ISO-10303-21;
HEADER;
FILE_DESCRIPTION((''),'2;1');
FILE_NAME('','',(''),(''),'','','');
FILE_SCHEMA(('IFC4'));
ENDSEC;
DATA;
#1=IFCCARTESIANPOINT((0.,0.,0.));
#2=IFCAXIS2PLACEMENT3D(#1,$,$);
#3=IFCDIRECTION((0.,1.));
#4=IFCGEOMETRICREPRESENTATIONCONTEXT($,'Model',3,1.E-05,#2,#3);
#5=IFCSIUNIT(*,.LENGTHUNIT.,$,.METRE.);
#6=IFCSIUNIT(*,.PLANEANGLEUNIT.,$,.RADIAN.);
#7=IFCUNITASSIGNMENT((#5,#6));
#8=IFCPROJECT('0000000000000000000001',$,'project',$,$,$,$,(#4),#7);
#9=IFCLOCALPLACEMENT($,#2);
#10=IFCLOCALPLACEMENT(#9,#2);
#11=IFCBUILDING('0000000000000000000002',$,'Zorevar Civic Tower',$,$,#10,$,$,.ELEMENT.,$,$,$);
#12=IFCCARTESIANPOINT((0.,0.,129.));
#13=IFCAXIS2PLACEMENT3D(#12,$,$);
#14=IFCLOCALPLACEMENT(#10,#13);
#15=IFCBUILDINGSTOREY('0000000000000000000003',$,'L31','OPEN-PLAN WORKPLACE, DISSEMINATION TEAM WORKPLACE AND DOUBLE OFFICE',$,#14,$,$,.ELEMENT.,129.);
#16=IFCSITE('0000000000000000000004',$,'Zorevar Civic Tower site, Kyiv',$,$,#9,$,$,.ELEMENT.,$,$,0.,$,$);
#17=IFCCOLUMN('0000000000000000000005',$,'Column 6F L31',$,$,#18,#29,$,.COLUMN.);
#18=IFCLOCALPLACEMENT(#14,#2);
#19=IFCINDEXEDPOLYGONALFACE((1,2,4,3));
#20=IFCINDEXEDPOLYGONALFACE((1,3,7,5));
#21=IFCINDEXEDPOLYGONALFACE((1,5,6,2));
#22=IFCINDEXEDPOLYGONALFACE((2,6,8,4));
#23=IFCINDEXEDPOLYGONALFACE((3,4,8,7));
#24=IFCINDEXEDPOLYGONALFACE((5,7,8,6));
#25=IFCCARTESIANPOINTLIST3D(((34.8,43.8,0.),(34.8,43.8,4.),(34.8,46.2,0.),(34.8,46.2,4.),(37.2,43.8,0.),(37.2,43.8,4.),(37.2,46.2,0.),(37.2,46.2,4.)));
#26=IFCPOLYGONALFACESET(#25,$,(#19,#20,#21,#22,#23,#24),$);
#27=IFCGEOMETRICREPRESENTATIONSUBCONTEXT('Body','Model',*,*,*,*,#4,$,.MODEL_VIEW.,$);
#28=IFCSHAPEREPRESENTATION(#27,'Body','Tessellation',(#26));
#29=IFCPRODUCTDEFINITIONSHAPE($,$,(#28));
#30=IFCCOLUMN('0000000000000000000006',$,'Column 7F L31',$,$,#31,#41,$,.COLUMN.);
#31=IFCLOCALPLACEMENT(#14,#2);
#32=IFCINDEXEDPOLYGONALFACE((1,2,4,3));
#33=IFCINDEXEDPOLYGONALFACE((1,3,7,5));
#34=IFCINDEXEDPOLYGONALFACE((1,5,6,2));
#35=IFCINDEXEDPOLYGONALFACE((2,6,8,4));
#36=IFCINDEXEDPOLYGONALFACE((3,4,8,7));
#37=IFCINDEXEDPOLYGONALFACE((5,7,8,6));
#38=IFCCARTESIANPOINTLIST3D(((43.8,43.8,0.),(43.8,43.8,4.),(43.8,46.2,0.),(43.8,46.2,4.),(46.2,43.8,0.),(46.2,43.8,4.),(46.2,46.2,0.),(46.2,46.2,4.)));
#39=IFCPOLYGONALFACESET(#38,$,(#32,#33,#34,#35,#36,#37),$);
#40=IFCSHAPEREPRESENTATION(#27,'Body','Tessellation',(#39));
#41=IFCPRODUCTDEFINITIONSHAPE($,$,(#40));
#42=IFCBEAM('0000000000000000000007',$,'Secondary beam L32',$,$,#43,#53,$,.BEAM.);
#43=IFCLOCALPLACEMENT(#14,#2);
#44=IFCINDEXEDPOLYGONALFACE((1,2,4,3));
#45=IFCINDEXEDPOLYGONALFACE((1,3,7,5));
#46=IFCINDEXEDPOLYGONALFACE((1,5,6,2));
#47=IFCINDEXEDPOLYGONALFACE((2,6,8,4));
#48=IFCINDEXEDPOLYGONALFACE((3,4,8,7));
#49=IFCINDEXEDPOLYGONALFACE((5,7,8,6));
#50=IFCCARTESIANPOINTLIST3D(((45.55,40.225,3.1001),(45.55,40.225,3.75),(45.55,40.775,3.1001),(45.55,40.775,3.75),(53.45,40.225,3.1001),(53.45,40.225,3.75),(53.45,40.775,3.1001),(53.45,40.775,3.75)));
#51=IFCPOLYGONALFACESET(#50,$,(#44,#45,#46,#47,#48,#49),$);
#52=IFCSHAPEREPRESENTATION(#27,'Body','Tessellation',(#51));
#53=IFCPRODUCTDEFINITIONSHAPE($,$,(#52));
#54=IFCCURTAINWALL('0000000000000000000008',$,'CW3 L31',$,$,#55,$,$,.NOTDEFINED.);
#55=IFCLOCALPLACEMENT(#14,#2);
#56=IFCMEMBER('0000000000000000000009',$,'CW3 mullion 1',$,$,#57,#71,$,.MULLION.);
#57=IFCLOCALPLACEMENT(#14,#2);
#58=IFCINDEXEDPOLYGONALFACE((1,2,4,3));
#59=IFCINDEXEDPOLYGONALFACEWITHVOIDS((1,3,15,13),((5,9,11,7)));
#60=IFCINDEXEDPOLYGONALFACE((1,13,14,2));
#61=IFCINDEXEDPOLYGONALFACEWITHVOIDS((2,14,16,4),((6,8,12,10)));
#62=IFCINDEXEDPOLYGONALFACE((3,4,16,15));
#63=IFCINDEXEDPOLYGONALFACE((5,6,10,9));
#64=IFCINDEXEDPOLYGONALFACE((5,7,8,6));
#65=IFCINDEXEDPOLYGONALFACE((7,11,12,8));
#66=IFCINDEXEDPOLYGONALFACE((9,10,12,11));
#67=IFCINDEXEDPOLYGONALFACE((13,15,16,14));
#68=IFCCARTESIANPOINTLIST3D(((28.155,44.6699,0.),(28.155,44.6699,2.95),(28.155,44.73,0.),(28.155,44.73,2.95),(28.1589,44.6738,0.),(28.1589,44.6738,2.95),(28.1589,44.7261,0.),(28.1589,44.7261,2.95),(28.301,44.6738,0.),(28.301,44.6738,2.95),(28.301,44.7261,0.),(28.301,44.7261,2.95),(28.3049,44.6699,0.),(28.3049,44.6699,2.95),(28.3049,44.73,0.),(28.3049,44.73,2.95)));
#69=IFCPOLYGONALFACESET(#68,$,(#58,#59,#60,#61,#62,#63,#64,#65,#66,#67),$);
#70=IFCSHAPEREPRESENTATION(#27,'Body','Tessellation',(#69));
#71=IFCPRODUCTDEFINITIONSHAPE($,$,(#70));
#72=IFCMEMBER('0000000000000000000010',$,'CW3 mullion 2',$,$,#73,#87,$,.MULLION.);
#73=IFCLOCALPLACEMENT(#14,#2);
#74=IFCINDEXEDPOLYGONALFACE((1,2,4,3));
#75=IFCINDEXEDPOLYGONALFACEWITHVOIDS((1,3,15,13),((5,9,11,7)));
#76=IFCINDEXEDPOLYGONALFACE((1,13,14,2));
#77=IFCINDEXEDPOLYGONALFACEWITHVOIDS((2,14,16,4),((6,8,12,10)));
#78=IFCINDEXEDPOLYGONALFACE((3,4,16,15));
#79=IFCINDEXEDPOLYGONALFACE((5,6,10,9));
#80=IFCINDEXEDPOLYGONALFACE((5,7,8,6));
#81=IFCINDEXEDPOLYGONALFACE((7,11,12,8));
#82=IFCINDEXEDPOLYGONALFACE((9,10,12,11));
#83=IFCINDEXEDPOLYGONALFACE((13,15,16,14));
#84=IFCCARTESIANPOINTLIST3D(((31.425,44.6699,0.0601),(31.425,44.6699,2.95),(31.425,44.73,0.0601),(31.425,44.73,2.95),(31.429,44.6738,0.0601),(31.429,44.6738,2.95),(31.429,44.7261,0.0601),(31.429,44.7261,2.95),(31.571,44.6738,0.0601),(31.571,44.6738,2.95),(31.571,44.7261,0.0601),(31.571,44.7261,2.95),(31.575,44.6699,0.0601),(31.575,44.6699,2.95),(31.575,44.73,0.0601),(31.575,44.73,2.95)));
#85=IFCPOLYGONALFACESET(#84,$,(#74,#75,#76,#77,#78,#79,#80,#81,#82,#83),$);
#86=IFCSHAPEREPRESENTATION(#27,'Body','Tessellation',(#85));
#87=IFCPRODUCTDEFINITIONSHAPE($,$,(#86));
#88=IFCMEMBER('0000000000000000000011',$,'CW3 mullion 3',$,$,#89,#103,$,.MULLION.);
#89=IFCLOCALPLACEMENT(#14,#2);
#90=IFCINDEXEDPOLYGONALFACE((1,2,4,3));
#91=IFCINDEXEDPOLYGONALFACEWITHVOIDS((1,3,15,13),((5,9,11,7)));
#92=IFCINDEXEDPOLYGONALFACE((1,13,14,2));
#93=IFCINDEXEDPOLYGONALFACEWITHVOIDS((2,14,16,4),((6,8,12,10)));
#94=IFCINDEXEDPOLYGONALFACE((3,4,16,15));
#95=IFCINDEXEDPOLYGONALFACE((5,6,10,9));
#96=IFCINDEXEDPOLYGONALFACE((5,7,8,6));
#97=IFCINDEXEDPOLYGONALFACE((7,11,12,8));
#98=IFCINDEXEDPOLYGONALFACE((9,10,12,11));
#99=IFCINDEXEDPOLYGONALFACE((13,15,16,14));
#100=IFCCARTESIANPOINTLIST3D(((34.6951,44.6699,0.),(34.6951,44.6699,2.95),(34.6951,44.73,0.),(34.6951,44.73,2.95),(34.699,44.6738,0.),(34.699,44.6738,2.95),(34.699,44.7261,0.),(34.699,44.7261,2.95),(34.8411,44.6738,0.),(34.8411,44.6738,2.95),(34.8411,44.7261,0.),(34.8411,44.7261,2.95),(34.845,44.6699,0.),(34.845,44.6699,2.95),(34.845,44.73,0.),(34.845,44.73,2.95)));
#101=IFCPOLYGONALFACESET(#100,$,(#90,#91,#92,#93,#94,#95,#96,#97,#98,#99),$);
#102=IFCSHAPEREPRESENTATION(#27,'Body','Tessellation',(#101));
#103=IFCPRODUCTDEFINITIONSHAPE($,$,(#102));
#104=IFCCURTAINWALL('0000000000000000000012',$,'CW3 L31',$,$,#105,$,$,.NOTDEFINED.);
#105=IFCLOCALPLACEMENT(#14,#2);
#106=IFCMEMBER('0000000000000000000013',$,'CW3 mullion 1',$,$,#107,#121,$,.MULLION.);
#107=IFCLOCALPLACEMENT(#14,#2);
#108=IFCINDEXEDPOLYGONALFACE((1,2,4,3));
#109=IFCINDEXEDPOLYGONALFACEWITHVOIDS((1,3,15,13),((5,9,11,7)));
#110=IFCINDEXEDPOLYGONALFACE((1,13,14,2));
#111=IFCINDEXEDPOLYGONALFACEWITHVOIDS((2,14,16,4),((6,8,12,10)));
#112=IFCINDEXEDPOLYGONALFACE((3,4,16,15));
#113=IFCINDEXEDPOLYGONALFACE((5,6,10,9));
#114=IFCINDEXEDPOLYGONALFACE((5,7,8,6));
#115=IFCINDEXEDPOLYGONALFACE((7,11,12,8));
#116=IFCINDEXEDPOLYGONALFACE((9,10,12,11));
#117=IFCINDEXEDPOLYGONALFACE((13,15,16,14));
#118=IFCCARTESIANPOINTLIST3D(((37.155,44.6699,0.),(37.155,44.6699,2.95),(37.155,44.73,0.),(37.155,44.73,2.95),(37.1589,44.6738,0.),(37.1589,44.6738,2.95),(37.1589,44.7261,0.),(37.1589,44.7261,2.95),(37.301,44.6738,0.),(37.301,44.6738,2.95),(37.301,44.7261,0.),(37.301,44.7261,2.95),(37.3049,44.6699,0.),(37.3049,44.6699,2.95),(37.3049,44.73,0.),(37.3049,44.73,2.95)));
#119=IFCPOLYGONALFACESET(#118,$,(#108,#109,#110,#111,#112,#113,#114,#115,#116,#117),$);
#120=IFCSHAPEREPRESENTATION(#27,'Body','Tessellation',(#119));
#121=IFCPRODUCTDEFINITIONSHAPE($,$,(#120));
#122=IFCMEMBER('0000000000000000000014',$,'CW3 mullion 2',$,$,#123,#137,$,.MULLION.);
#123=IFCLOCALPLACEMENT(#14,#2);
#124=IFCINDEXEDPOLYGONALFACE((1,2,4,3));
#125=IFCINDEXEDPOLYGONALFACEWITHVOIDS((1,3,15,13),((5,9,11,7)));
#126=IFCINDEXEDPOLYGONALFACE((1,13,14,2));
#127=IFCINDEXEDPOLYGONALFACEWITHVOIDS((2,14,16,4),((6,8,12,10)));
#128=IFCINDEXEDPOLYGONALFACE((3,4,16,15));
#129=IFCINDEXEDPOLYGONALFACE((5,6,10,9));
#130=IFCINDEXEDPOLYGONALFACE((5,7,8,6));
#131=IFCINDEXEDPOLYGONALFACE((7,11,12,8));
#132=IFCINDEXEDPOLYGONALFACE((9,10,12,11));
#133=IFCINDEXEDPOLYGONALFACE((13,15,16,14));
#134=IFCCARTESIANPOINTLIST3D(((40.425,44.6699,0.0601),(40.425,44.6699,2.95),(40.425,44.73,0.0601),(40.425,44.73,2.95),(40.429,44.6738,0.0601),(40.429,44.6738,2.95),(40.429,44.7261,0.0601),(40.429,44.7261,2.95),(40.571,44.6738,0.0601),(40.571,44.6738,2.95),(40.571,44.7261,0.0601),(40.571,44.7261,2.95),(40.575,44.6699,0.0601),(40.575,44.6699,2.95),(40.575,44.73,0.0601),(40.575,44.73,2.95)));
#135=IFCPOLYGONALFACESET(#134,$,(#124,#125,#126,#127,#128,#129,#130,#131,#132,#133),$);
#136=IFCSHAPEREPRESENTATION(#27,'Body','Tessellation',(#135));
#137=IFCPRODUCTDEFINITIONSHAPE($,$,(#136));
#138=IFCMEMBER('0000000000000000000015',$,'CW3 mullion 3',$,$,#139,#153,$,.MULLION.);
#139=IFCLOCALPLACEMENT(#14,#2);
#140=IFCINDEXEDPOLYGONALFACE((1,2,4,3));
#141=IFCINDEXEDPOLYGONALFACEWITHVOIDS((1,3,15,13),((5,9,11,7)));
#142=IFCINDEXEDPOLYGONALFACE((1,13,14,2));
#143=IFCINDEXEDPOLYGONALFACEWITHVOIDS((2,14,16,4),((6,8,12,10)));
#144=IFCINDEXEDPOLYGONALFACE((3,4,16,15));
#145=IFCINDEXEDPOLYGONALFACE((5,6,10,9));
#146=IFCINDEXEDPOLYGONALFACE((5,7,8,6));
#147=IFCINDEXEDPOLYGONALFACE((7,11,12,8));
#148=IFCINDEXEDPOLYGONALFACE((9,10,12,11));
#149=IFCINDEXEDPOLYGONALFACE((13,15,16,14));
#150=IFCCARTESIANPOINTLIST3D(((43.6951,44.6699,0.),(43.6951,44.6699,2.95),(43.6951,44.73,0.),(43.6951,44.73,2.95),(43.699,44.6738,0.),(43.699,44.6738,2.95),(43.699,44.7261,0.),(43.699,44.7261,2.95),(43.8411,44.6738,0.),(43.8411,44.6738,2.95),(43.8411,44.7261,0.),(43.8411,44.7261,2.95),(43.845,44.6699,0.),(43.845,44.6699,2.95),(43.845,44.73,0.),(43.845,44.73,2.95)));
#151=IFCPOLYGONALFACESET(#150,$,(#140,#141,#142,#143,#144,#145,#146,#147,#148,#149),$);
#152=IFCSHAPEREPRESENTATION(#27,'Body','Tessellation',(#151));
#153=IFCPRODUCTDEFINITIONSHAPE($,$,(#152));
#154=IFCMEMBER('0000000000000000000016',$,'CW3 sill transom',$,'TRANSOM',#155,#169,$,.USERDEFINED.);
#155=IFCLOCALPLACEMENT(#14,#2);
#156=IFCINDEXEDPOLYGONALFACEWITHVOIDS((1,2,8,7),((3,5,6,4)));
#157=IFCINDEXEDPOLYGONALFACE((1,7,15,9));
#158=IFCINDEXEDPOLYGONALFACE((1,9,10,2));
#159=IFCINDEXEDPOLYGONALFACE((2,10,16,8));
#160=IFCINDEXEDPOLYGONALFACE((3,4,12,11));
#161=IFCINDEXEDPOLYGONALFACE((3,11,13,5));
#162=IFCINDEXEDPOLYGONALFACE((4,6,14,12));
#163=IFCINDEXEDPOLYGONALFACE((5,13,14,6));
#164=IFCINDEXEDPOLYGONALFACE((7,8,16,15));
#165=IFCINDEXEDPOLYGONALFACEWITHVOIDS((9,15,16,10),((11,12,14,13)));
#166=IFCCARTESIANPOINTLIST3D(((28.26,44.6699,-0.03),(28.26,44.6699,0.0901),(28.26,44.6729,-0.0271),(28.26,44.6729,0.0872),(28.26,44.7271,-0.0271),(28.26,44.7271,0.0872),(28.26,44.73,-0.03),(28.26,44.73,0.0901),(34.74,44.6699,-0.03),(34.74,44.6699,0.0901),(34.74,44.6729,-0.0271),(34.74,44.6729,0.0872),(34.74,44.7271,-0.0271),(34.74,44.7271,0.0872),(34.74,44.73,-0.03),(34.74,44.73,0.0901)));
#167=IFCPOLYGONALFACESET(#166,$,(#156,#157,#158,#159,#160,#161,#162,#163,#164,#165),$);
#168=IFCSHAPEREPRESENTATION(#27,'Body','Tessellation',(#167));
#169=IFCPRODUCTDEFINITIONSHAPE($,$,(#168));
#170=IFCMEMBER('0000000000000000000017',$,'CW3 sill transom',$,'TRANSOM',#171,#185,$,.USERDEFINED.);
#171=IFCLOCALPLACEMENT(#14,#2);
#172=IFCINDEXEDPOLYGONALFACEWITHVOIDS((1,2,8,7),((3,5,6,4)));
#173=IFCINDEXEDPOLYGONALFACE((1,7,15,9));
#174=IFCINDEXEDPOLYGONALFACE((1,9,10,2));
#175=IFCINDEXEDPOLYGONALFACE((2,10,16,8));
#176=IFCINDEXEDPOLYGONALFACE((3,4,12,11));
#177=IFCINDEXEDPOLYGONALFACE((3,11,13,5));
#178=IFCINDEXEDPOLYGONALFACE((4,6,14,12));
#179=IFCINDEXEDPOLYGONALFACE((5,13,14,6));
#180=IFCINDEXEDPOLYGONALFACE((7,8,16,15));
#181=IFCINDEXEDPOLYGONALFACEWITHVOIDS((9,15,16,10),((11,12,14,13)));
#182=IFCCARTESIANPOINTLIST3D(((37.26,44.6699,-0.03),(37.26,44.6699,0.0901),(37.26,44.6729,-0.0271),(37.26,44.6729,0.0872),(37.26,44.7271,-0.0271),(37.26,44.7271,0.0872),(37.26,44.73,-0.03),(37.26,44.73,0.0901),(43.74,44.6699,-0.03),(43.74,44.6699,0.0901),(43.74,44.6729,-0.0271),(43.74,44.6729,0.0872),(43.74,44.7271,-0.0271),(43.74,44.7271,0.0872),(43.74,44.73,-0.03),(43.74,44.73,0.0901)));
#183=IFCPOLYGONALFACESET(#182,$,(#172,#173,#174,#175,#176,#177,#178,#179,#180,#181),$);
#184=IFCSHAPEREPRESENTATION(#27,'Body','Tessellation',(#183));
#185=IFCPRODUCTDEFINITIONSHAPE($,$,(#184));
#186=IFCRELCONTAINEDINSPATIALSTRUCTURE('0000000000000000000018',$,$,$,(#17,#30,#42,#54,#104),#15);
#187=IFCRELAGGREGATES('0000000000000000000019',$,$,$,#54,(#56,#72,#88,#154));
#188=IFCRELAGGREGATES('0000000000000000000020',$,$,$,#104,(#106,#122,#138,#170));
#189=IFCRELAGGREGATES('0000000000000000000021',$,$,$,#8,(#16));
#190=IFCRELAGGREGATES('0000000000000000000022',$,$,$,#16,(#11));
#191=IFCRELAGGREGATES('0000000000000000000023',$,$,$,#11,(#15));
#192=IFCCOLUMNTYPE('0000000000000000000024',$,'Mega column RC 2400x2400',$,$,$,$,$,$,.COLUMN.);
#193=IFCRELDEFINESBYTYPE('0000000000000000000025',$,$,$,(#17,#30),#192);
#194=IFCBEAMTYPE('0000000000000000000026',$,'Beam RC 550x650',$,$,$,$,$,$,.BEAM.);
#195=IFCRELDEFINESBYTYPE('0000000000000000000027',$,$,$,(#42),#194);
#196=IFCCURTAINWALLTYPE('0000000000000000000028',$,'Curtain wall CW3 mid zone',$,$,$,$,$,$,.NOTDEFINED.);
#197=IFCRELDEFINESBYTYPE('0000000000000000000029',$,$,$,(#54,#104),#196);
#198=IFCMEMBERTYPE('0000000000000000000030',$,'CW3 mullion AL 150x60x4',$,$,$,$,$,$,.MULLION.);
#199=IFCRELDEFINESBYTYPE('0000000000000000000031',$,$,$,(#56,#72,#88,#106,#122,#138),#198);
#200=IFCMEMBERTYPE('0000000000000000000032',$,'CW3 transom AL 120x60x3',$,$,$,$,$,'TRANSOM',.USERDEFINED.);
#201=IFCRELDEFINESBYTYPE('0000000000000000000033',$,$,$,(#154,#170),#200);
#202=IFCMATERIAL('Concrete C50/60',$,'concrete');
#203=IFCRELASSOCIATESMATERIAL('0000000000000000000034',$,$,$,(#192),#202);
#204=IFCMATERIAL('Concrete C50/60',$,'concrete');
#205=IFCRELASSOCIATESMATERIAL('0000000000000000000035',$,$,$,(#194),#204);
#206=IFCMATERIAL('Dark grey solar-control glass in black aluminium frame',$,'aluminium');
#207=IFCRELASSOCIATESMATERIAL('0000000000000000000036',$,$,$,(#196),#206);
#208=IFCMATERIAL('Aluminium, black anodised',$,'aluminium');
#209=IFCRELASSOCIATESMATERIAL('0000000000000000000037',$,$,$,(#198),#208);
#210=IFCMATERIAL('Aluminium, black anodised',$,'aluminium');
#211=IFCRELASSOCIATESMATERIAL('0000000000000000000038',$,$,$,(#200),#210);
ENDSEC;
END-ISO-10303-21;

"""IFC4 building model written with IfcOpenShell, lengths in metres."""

from ifc_helpers import new_model, si_unit, direction, frame, origin, origin_2d, place, context, subcontext, project, spatial, rectangle, hollow_rectangle, extrude, material, material_profile, profile_set, type_object, element, aggregate, save


model = new_model("IFC4")

# Units and contexts
model_context = context("Model", 3, precision=1e-05, world=origin(), true_north=direction((0.0, 1.0)))
body_context = subcontext(model_context, "Body", "Model", "MODEL_VIEW")
ifc_project = project(units=[si_unit("LENGTHUNIT", "METRE"), si_unit("PLANEANGLEUNIT", "RADIAN")], contexts=[model_context])

# Site, building, storey
site_placement = place(None, origin())
site = spatial("IfcSite", under=ifc_project, at=site_placement, Name="Zorevar Civic Tower site, Kyiv", CompositionType="ELEMENT", RefElevation=0.0)
building_placement = place(site_placement, origin())
building = spatial("IfcBuilding", under=site, at=building_placement, Name="Zorevar Civic Tower", CompositionType="ELEMENT")
storey_placement = place(building_placement, frame((0.0, 0.0, 129.0)))
storey = spatial("IfcBuildingStorey", under=building, at=storey_placement, Name="L31", Description="OPEN-PLAN WORKPLACE, DISSEMINATION TEAM WORKPLACE AND DOUBLE OFFICE", CompositionType="ELEMENT", Elevation=129.0)

# Columns
ifc_material_1 = material(Name="Concrete C50/60", Category="concrete")
ifc_material_profile_1 = material_profile(ifc_material_1, rectangle(XDim=2.3999, YDim=2.3999, at=origin_2d()), Name="RC 2400x2400")
ifc_profile_set_1 = profile_set([ifc_material_profile_1], Name="Concrete C50/60")
column_type = type_object("IfcColumnType", Name="Mega column RC 2400x2400", PredefinedType="COLUMN", material=ifc_profile_set_1)
for number, where, z_axis, x_axis, name in (
    (1, (36.0, 45.0, 0.0), (0.0, 0.0, 1.0), (1.0, 0.0, 0.0), "Column 6F L31"),
    (2, (45.0, 45.0, 0.0), (0.0, 0.0, 1.0), (1.0, 0.0, 0.0), "Column 7F L31"),
):
    element("IfcColumn", number, at=place(storey_placement, frame(where, z_axis=z_axis, x_axis=x_axis)), inside=storey, type_object=column_type, Name=name, PredefinedType="COLUMN", context=body_context, shape_type="SweptSolid", body=[
        extrude(rectangle(XDim=2.3999, YDim=2.3999, at=origin_2d()), origin(), (0.0, 0.0, 1.0), 4.0),
    ])

# Beam
ifc_material_2 = material(Name="Concrete C50/60", Category="concrete")
ifc_material_profile_2 = material_profile(ifc_material_2, rectangle(XDim=0.55, YDim=0.6499, at=origin_2d()), Name="RC 550x650")
ifc_profile_set_2 = profile_set([ifc_material_profile_2], Name="Concrete C50/60")
beam_type_1 = type_object("IfcBeamType", Name="Beam RC 550x650", PredefinedType="BEAM", material=ifc_profile_set_2)
beam_placement = place(storey_placement, frame((45.55, 40.5, 3.425), z_axis=(1.0, 0.0, 0.0), x_axis=(0.0, 1.0, 0.0)))
element("IfcBeam", 3, at=beam_placement, inside=storey, type_object=beam_type_1, Name="Secondary beam L32", PredefinedType="BEAM", context=body_context, shape_type="SweptSolid", body=[
    extrude(rectangle(XDim=0.55, YDim=0.6499, at=origin_2d()), origin(), (0.0, 0.0, 1.0), 7.8999),
])

# Curtain walls, members
ifc_material_3 = material(Name="Dark grey solar-control glass in black aluminium frame", Category="aluminium")
curtain_wall_type = type_object("IfcCurtainWallType", Name="Curtain wall CW3 mid zone", PredefinedType="NOTDEFINED", material=ifc_material_3)
curtain_wall_1_placement = place(storey_placement, origin())
curtain_wall_1 = element("IfcCurtainWall", 4, at=curtain_wall_1_placement, inside=storey, type_object=curtain_wall_type, Name="CW3 L31", PredefinedType="NOTDEFINED")
ifc_material_4 = material(Name="Aluminium, black anodised", Category="aluminium")
ifc_material_profile_3 = material_profile(ifc_material_4, hollow_rectangle(XDim=0.0601, YDim=0.1499, WallThickness=0.0039, at=origin_2d()), Name="AL 150x60x4")
ifc_profile_set_3 = profile_set([ifc_material_profile_3], Name="Aluminium, black anodised")
member_type_1 = type_object("IfcMemberType", Name="CW3 mullion AL 150x60x4", PredefinedType="MULLION", material=ifc_profile_set_3)
member_1_placement = place(storey_placement, frame((28.23, 44.7, 0.0), z_axis=(0.0, 0.0, 1.0), x_axis=(0.0, 1.0, 0.0)))
member_1 = element("IfcMember", 5, at=member_1_placement, type_object=member_type_1, Name="CW3 mullion 1", PredefinedType="MULLION", context=body_context, shape_type="SweptSolid", body=[
    extrude(hollow_rectangle(XDim=0.0601, YDim=0.1499, WallThickness=0.0039, at=origin_2d()), origin(), (0.0, 0.0, 1.0), 2.95),
])
member_2_placement = place(storey_placement, frame((31.5, 44.7, 0.0601), z_axis=(0.0, 0.0, 1.0), x_axis=(0.0, 1.0, 0.0)))
member_2 = element("IfcMember", 6, at=member_2_placement, type_object=member_type_1, Name="CW3 mullion 2", PredefinedType="MULLION", context=body_context, shape_type="SweptSolid", body=[
    extrude(hollow_rectangle(XDim=0.0601, YDim=0.1499, WallThickness=0.0039, at=origin_2d()), origin(), (0.0, 0.0, 1.0), 2.8899),
])
member_3_placement = place(storey_placement, frame((34.77, 44.7, 0.0), z_axis=(0.0, 0.0, 1.0), x_axis=(0.0, 1.0, 0.0)))
member_3 = element("IfcMember", 7, at=member_3_placement, type_object=member_type_1, Name="CW3 mullion 3", PredefinedType="MULLION", context=body_context, shape_type="SweptSolid", body=[
    extrude(hollow_rectangle(XDim=0.0601, YDim=0.1499, WallThickness=0.0039, at=origin_2d()), origin(), (0.0, 0.0, 1.0), 2.95),
])
curtain_wall_2_placement = place(storey_placement, origin())
curtain_wall_2 = element("IfcCurtainWall", 8, at=curtain_wall_2_placement, inside=storey, type_object=curtain_wall_type, Name="CW3 L31", PredefinedType="NOTDEFINED")
member_4_placement = place(storey_placement, frame((37.23, 44.7, 0.0), z_axis=(0.0, 0.0, 1.0), x_axis=(0.0, 1.0, 0.0)))
member_4 = element("IfcMember", 9, at=member_4_placement, type_object=member_type_1, Name="CW3 mullion 1", PredefinedType="MULLION", context=body_context, shape_type="SweptSolid", body=[
    extrude(hollow_rectangle(XDim=0.0601, YDim=0.1499, WallThickness=0.0039, at=origin_2d()), origin(), (0.0, 0.0, 1.0), 2.95),
])
member_5_placement = place(storey_placement, frame((40.5, 44.7, 0.0601), z_axis=(0.0, 0.0, 1.0), x_axis=(0.0, 1.0, 0.0)))
member_5 = element("IfcMember", 10, at=member_5_placement, type_object=member_type_1, Name="CW3 mullion 2", PredefinedType="MULLION", context=body_context, shape_type="SweptSolid", body=[
    extrude(hollow_rectangle(XDim=0.0601, YDim=0.1499, WallThickness=0.0039, at=origin_2d()), origin(), (0.0, 0.0, 1.0), 2.8899),
])
member_6_placement = place(storey_placement, frame((43.77, 44.7, 0.0), z_axis=(0.0, 0.0, 1.0), x_axis=(0.0, 1.0, 0.0)))
member_6 = element("IfcMember", 11, at=member_6_placement, type_object=member_type_1, Name="CW3 mullion 3", PredefinedType="MULLION", context=body_context, shape_type="SweptSolid", body=[
    extrude(hollow_rectangle(XDim=0.0601, YDim=0.1499, WallThickness=0.0039, at=origin_2d()), origin(), (0.0, 0.0, 1.0), 2.95),
])

# Members
ifc_material_5 = material(Name="Aluminium, black anodised", Category="aluminium")
ifc_material_profile_4 = material_profile(ifc_material_5, hollow_rectangle(XDim=0.0601, YDim=0.1201, WallThickness=0.0029, at=origin_2d()), Name="AL 120x60x3")
ifc_profile_set_4 = profile_set([ifc_material_profile_4], Name="Aluminium, black anodised")
member_type_2 = type_object("IfcMemberType", Name="CW3 transom AL 120x60x3", ElementType="TRANSOM", PredefinedType="USERDEFINED", material=ifc_profile_set_4)
member_7_placement = place(storey_placement, frame((28.26, 44.7, 0.03), z_axis=(1.0, 0.0, 0.0), x_axis=(0.0, 1.0, 0.0)))
member_7 = element("IfcMember", 12, at=member_7_placement, type_object=member_type_2, Name="CW3 sill transom", ObjectType="TRANSOM", PredefinedType="USERDEFINED", context=body_context, shape_type="SweptSolid", body=[
    extrude(hollow_rectangle(XDim=0.0601, YDim=0.1201, WallThickness=0.0029, at=origin_2d()), origin(), (0.0, 0.0, 1.0), 6.48),
])
member_8_placement = place(storey_placement, frame((37.26, 44.7, 0.03), z_axis=(1.0, 0.0, 0.0), x_axis=(0.0, 1.0, 0.0)))
member_8 = element("IfcMember", 13, at=member_8_placement, type_object=member_type_2, Name="CW3 sill transom", ObjectType="TRANSOM", PredefinedType="USERDEFINED", context=body_context, shape_type="SweptSolid", body=[
    extrude(hollow_rectangle(XDim=0.0601, YDim=0.1201, WallThickness=0.0029, at=origin_2d()), origin(), (0.0, 0.0, 1.0), 6.48),
])

aggregate(curtain_wall_1, [member_1, member_2, member_3, member_7])
aggregate(curtain_wall_2, [member_4, member_5, member_6, member_8])

save(model, "model.ifc")
